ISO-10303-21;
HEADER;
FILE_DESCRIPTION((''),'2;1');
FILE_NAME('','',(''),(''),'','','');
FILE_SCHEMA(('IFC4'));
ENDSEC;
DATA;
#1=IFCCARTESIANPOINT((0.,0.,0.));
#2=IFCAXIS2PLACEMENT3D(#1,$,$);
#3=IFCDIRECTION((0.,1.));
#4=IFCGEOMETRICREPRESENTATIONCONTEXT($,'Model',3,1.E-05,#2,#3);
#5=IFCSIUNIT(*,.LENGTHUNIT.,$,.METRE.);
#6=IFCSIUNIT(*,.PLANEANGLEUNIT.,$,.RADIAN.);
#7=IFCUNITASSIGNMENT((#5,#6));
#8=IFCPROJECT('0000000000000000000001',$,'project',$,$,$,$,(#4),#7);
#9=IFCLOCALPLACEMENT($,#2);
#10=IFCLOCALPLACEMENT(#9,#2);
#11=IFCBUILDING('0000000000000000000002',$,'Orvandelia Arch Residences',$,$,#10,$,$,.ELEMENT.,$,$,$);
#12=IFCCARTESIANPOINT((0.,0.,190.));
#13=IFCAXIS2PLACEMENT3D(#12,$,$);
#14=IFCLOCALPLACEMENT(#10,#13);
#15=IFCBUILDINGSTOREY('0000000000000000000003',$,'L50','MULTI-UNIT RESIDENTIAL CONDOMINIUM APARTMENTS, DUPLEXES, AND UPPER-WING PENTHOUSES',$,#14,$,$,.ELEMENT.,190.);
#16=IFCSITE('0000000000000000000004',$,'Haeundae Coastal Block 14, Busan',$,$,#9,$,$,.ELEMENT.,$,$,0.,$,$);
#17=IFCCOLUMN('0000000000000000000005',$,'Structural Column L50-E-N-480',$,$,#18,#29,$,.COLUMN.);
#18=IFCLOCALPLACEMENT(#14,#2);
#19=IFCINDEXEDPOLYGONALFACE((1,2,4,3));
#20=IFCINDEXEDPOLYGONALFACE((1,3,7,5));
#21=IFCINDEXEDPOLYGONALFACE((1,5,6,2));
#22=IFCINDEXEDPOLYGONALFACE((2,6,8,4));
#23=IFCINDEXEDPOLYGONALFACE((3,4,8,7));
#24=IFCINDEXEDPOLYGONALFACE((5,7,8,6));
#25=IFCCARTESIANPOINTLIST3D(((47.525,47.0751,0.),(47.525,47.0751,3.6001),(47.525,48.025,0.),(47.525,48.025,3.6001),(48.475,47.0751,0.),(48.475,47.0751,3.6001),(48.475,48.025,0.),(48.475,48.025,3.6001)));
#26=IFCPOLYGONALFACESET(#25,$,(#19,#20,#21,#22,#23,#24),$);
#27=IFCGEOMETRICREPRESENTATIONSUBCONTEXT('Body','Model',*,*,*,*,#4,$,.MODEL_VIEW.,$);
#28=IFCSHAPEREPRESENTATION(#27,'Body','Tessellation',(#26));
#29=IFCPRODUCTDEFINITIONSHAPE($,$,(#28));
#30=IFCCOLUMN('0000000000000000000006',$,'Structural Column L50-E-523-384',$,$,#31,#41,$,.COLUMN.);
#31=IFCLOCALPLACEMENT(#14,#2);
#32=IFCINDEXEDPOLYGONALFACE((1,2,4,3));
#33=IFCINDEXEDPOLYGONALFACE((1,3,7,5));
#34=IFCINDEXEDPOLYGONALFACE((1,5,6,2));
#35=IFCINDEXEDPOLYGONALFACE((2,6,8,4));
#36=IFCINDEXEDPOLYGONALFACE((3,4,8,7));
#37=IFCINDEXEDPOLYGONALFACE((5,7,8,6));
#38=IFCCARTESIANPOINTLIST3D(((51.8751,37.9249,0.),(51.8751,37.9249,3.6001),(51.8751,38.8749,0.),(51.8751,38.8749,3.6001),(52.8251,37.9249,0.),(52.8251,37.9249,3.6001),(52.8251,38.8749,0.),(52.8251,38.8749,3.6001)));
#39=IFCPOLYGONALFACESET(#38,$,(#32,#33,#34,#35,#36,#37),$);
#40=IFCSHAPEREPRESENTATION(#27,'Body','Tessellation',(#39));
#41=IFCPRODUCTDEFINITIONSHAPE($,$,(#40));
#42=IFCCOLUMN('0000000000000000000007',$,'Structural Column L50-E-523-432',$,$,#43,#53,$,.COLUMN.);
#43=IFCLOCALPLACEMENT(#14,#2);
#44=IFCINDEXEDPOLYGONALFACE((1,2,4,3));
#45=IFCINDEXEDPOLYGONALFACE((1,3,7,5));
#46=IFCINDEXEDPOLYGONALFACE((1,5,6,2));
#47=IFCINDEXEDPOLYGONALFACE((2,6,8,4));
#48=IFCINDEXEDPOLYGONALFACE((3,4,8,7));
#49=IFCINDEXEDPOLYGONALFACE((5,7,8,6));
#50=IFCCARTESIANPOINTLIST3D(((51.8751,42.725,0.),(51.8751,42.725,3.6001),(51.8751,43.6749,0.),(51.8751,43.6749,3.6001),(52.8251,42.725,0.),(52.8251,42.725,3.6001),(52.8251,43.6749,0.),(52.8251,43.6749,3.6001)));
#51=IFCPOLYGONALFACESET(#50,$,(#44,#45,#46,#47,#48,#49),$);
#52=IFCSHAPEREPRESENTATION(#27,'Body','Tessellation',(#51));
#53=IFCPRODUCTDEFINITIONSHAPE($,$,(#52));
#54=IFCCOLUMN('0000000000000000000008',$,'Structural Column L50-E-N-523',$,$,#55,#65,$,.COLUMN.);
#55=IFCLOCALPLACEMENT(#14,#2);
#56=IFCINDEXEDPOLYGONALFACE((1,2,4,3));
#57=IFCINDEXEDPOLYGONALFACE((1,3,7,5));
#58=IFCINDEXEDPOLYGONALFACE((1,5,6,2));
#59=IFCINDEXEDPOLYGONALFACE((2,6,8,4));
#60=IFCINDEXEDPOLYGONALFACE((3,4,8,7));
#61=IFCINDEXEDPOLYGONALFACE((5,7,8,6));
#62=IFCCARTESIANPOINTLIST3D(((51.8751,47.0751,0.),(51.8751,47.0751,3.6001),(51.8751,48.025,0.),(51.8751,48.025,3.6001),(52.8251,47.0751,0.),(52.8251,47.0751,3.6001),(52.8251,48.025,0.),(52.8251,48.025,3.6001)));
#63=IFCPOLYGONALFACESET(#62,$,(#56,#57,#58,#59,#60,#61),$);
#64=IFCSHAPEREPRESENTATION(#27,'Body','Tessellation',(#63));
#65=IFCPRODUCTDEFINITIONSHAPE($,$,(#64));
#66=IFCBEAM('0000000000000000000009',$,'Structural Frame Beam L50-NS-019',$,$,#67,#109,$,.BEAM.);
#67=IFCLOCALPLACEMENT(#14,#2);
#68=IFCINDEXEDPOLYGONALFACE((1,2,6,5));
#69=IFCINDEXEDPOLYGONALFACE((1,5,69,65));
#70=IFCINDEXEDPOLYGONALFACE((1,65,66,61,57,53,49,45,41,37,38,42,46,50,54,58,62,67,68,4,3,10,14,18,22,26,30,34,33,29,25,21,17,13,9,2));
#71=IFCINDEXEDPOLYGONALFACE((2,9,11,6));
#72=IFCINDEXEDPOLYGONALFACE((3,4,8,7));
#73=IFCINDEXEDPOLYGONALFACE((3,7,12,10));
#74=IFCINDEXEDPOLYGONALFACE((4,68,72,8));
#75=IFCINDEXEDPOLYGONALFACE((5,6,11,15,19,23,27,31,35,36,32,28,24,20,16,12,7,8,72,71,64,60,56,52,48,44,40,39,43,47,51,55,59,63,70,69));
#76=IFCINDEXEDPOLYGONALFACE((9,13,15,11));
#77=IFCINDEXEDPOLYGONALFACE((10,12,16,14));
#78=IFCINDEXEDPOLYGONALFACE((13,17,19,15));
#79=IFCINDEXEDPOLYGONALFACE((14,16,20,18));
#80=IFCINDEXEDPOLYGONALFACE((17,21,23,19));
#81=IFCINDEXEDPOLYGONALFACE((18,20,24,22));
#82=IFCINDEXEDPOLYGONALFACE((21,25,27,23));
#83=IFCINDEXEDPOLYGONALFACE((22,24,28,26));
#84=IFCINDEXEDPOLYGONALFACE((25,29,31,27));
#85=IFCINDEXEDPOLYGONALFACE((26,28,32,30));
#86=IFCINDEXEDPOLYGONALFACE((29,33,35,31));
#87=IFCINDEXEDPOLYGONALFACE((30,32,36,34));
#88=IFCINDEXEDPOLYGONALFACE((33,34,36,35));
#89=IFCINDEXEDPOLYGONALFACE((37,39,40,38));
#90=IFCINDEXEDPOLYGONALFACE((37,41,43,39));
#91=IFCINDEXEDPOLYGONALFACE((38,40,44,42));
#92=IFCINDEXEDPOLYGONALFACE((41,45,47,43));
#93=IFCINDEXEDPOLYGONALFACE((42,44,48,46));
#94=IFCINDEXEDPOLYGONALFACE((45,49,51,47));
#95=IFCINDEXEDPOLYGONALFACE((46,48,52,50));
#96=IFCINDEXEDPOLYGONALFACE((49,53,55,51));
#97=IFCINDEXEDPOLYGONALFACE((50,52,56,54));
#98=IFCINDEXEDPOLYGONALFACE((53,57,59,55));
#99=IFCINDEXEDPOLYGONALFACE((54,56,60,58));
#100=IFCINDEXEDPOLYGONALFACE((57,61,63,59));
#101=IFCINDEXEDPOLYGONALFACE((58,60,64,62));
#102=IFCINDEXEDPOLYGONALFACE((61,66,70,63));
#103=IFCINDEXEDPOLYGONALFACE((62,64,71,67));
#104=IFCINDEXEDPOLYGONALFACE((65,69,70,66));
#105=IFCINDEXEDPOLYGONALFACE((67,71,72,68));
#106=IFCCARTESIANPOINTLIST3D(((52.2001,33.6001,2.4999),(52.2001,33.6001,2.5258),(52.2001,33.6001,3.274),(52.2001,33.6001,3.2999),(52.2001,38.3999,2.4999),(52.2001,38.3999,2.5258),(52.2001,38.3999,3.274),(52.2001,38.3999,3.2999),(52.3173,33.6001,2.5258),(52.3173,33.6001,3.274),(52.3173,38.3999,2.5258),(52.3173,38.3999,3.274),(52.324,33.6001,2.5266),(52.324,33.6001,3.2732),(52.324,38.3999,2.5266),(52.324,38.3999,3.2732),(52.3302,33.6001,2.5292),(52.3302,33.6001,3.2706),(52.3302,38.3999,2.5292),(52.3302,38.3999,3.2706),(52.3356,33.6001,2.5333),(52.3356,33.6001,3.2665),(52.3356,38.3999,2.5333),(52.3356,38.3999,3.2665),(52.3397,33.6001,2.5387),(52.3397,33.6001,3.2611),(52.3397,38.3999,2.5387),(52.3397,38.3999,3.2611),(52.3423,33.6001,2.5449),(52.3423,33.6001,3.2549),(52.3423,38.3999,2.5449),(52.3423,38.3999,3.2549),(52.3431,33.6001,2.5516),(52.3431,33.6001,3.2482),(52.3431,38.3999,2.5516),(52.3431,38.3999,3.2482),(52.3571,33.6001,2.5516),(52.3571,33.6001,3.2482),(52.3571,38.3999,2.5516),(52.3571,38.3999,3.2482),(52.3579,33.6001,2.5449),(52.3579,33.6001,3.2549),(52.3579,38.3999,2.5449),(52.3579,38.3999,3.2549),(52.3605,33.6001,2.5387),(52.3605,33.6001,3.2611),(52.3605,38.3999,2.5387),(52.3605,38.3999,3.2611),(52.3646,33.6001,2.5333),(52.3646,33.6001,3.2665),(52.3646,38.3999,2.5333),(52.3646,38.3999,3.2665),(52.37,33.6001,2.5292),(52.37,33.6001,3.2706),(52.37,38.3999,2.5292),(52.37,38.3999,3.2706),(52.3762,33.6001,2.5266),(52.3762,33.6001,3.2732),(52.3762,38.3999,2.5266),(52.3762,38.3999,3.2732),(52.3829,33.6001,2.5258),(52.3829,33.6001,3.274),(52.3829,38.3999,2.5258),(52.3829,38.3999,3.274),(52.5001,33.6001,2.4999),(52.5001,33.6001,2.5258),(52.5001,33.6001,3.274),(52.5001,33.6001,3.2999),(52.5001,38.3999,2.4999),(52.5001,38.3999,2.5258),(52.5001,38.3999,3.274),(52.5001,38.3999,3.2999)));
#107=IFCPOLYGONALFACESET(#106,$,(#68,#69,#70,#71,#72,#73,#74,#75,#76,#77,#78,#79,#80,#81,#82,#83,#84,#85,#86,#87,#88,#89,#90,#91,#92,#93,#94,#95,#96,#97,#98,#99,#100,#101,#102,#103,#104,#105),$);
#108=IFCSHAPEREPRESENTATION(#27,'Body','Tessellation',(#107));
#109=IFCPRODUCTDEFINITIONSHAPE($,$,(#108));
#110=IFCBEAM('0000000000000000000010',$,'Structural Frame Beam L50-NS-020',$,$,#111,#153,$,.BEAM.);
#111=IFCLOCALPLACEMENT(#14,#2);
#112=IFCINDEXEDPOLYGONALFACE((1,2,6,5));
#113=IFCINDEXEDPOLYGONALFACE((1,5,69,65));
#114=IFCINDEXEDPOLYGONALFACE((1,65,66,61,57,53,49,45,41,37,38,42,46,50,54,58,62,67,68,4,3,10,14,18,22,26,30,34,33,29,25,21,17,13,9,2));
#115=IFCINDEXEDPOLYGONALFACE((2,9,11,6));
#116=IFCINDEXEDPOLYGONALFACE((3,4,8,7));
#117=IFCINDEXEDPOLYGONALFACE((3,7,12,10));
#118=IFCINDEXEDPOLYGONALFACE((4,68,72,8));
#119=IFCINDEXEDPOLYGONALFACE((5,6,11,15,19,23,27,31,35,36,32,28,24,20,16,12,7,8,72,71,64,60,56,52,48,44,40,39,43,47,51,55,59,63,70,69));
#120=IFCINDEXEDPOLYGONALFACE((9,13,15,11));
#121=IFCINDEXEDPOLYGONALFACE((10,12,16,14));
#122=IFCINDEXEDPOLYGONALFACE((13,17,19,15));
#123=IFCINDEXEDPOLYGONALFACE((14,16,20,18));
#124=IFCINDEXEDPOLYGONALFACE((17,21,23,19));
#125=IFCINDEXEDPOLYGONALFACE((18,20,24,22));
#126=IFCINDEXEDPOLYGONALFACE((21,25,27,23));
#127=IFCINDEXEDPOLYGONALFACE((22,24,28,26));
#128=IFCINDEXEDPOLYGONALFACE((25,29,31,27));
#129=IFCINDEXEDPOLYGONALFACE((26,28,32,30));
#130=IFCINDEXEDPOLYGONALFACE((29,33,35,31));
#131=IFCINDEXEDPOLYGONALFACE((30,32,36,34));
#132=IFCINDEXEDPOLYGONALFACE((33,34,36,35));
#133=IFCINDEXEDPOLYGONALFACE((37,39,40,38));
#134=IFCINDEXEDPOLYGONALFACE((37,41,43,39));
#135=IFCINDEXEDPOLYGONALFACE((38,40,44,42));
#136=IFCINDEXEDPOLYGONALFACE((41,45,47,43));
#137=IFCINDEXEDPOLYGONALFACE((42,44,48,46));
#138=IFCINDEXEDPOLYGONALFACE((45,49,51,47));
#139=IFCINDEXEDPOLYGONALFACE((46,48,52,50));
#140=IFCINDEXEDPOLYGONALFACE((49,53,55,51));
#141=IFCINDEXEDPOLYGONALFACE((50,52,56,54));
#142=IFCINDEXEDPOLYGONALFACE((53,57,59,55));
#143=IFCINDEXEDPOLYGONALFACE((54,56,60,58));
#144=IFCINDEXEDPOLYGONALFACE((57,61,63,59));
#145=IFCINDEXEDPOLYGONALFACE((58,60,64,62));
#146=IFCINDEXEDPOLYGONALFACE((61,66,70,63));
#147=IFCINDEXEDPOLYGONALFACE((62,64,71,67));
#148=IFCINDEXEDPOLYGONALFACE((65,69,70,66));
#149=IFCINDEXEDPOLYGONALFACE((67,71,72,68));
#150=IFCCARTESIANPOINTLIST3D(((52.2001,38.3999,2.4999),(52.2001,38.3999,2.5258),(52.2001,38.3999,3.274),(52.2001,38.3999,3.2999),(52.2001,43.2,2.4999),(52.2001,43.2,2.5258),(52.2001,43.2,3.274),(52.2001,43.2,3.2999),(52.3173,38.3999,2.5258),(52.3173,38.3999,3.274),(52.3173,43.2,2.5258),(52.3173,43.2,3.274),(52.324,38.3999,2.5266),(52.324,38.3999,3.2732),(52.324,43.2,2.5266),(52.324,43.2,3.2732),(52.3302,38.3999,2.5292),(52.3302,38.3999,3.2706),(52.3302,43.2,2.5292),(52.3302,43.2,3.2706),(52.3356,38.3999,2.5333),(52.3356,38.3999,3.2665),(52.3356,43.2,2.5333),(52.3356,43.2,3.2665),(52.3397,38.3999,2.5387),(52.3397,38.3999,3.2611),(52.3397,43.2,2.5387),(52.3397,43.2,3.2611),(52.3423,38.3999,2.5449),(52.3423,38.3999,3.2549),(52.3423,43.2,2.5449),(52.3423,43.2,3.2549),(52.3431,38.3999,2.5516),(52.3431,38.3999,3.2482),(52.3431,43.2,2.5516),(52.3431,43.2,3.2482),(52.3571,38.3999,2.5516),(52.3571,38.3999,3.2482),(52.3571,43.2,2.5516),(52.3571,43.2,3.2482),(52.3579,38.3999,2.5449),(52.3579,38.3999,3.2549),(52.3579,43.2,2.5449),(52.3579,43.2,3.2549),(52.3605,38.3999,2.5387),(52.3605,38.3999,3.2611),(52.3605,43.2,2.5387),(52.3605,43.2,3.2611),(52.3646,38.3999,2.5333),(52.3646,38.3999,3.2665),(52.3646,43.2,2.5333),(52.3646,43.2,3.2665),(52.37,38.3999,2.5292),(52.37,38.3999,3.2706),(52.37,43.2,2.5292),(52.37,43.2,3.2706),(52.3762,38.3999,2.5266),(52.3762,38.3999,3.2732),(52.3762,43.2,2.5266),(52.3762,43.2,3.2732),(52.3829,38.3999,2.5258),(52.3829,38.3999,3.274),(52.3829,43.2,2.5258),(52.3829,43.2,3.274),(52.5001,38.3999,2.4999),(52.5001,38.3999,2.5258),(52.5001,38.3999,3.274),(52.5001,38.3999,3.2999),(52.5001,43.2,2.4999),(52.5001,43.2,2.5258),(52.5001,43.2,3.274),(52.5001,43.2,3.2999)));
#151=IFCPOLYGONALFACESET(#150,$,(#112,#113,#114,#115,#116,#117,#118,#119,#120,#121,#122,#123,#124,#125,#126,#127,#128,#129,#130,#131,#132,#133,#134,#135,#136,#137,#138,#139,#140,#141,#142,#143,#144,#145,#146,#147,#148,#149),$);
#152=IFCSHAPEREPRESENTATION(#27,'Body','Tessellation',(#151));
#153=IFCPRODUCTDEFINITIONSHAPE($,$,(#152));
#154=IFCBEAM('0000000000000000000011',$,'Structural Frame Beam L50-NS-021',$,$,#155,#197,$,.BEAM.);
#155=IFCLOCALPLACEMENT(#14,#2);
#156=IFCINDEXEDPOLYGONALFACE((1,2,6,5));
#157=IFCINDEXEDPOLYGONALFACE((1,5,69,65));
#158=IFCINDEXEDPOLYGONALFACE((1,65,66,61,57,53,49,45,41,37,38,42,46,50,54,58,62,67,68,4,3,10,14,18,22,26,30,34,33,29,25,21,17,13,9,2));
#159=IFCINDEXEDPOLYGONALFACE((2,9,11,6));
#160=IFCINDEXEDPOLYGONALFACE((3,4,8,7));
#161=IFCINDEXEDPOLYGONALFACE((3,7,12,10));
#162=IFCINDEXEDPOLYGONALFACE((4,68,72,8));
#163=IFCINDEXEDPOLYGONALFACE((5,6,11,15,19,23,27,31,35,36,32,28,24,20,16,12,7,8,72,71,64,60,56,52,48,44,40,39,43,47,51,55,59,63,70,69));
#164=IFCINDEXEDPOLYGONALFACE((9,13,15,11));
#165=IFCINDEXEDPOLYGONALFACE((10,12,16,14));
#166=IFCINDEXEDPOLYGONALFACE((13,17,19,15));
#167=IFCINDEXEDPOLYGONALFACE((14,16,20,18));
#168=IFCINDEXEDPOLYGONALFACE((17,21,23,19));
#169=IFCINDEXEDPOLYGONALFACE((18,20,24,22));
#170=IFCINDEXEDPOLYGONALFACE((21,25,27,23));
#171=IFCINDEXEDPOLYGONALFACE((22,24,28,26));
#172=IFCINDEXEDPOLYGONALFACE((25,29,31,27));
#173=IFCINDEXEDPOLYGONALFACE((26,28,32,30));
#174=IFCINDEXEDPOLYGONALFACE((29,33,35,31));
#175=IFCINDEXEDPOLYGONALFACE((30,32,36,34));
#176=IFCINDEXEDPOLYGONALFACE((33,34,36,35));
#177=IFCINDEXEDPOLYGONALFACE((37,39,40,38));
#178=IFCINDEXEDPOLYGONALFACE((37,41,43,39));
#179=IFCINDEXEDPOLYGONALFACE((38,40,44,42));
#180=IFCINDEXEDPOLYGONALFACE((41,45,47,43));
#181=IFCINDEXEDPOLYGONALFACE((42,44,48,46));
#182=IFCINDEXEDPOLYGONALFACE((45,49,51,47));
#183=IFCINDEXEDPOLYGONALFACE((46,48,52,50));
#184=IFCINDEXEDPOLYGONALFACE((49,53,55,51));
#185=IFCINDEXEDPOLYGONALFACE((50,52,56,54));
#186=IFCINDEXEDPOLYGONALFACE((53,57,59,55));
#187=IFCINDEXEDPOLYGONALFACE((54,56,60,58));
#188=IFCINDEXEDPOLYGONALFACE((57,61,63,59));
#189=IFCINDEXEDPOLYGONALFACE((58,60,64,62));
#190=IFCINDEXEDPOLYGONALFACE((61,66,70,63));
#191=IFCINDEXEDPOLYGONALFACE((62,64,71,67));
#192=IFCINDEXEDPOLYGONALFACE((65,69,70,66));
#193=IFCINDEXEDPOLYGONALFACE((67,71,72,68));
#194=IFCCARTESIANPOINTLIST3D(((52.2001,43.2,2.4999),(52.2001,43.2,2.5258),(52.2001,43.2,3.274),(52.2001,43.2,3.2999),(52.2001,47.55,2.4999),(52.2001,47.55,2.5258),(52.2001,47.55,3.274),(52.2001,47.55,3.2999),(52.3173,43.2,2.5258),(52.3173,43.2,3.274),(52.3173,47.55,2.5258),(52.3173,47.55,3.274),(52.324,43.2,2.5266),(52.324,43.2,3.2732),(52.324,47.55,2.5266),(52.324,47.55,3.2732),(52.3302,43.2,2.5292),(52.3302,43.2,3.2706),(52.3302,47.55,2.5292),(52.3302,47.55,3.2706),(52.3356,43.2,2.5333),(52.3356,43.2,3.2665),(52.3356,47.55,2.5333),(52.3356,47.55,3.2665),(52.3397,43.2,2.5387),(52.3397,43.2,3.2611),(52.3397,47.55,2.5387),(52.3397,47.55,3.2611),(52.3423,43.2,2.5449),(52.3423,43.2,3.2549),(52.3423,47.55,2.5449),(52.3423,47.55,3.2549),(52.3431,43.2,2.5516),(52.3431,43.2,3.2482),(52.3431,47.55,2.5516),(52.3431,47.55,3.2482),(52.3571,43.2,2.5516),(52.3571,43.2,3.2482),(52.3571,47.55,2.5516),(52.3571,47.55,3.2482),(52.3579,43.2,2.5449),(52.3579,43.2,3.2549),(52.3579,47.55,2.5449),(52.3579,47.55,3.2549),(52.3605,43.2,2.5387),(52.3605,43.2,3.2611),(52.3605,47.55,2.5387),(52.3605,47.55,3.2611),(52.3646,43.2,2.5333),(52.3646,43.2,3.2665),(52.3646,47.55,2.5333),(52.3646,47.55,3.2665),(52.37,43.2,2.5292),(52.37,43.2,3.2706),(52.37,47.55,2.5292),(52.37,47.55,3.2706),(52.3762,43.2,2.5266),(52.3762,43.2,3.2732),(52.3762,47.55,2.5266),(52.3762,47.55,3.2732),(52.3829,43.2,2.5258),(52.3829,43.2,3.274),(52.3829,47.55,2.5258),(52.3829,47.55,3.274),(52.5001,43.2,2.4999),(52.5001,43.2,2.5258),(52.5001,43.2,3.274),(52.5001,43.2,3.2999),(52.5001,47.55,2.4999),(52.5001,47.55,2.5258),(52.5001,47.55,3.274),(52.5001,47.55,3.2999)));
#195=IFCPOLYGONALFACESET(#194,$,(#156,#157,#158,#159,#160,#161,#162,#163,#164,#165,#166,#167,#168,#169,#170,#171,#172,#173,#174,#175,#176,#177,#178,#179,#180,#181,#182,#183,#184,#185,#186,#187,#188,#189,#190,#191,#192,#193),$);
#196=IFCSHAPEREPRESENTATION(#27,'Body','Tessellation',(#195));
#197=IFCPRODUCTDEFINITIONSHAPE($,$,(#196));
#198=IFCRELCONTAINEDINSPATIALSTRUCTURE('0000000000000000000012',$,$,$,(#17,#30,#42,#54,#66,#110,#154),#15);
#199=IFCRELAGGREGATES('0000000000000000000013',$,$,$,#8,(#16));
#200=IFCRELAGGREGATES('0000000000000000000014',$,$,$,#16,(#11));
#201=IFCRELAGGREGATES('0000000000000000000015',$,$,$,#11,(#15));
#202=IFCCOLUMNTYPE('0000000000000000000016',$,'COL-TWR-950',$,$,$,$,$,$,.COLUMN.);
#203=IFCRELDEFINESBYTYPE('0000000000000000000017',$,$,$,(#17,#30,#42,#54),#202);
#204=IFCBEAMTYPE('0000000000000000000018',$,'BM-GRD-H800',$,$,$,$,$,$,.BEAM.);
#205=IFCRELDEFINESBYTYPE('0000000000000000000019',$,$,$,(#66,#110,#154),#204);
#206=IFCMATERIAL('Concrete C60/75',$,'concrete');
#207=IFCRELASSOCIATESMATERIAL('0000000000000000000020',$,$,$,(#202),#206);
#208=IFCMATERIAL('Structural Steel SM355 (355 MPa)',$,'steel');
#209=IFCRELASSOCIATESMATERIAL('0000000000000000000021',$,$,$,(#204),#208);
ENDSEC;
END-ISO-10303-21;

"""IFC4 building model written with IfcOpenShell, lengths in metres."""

from ifc_helpers import new_model, si_unit, direction, frame, origin, origin_2d, place, context, subcontext, project, spatial, rectangle, i_section, extrude, material, material_profile, profile_set, type_object, element, save


model = new_model("IFC4")

# Units and contexts
model_context = context("Model", 3, precision=1e-05, world=origin(), true_north=direction((0.0, 1.0)))
body_context = subcontext(model_context, "Body", "Model", "MODEL_VIEW")
ifc_project = project(units=[si_unit("LENGTHUNIT", "METRE"), si_unit("PLANEANGLEUNIT", "RADIAN")], contexts=[model_context])

# Site, building, storey
site_placement = place(None, origin())
site = spatial("IfcSite", under=ifc_project, at=site_placement, Name="Haeundae Coastal Block 14, Busan", CompositionType="ELEMENT", RefElevation=0.0)
building_placement = place(site_placement, origin())
building = spatial("IfcBuilding", under=site, at=building_placement, Name="Orvandelia Arch Residences", CompositionType="ELEMENT")
storey_placement = place(building_placement, frame((0.0, 0.0, 190.0)))
storey = spatial("IfcBuildingStorey", under=building, at=storey_placement, Name="L50", Description="MULTI-UNIT RESIDENTIAL CONDOMINIUM APARTMENTS, DUPLEXES, AND UPPER-WING PENTHOUSES", CompositionType="ELEMENT", Elevation=190.0)

# Columns
ifc_material_1 = material(Name="Concrete C60/75", Category="concrete")
ifc_material_profile_1 = material_profile(ifc_material_1, rectangle(XDim=0.95, YDim=0.95, at=origin_2d()), Name="Concrete C60/75", Category="concrete")
ifc_profile_set_1 = profile_set([ifc_material_profile_1], Name="Concrete C60/75")
column_type = type_object("IfcColumnType", Name="COL-TWR-950", PredefinedType="COLUMN", material=ifc_profile_set_1)
for number, where, z_axis, x_axis, name in (
    (1, (48.0, 47.55, 0.0), (0.0, 0.0, 1.0), (1.0, 0.0, 0.0), "Structural Column L50-E-N-480"),
    (2, (52.3501, 38.3999, 0.0), (0.0, 0.0, 1.0), (1.0, 0.0, 0.0), "Structural Column L50-E-523-384"),
    (3, (52.3501, 43.2, 0.0), (0.0, 0.0, 1.0), (1.0, 0.0, 0.0), "Structural Column L50-E-523-432"),
    (4, (52.3501, 47.55, 0.0), (0.0, 0.0, 1.0), (1.0, 0.0, 0.0), "Structural Column L50-E-N-523"),
):
    element("IfcColumn", number, at=place(storey_placement, frame(where, z_axis=z_axis, x_axis=x_axis)), inside=storey, type_object=column_type, Name=name, PredefinedType="COLUMN", context=body_context, shape_type="SweptSolid", body=[
        extrude(rectangle(XDim=0.95, YDim=0.95, at=origin_2d()), origin(), (0.0, 0.0, 1.0), 3.6001),
    ])

# Beams
ifc_material_2 = material(Name="Structural Steel SM355 (355 MPa)", Category="steel")
ifc_material_profile_2 = material_profile(ifc_material_2, i_section(OverallWidth=0.3, OverallDepth=0.8, WebThickness=0.0139, FlangeThickness=0.0259, FilletRadius=0.0259, at=origin_2d()), Name="Structural Steel SM355 (355 MPa)", Category="steel")
ifc_profile_set_2 = profile_set([ifc_material_profile_2], Name="Structural Steel SM355 (355 MPa)")
beam_type = type_object("IfcBeamType", Name="BM-GRD-H800", PredefinedType="BEAM", material=ifc_profile_set_2)
beam_1_placement = place(storey_placement, frame((52.3501, 33.6001, 2.8999), z_axis=(0.0, 1.0, 0.0), x_axis=(-1.0, 0.0, 0.0)))
element("IfcBeam", 5, at=beam_1_placement, inside=storey, type_object=beam_type, Name="Structural Frame Beam L50-NS-019", PredefinedType="BEAM", context=body_context, shape_type="SweptSolid", body=[
    extrude(i_section(OverallWidth=0.3, OverallDepth=0.8, WebThickness=0.0139, FlangeThickness=0.0259, FilletRadius=0.0259, at=origin_2d()), origin(), (0.0, 0.0, 1.0), 4.7998),
])
beam_2_placement = place(storey_placement, frame((52.3501, 38.3999, 2.8999), z_axis=(0.0, 1.0, 0.0), x_axis=(-1.0, 0.0, 0.0)))
element("IfcBeam", 6, at=beam_2_placement, inside=storey, type_object=beam_type, Name="Structural Frame Beam L50-NS-020", PredefinedType="BEAM", context=body_context, shape_type="SweptSolid", body=[
    extrude(i_section(OverallWidth=0.3, OverallDepth=0.8, WebThickness=0.0139, FlangeThickness=0.0259, FilletRadius=0.0259, at=origin_2d()), origin(), (0.0, 0.0, 1.0), 4.8),
])
for number, where, z_axis, x_axis, name in (
    (7, (52.3501, 43.2, 2.8999), (0.0, 1.0, 0.0), (-1.0, 0.0, 0.0), "Structural Frame Beam L50-NS-021"),
):
    element("IfcBeam", number, at=place(storey_placement, frame(where, z_axis=z_axis, x_axis=x_axis)), inside=storey, type_object=beam_type, Name=name, PredefinedType="BEAM", context=body_context, shape_type="SweptSolid", body=[
        extrude(i_section(OverallWidth=0.3, OverallDepth=0.8, WebThickness=0.0139, FlangeThickness=0.0259, FilletRadius=0.0259, at=origin_2d()), origin(), (0.0, 0.0, 1.0), 4.3501),
    ])

save(model, "model.ifc")
